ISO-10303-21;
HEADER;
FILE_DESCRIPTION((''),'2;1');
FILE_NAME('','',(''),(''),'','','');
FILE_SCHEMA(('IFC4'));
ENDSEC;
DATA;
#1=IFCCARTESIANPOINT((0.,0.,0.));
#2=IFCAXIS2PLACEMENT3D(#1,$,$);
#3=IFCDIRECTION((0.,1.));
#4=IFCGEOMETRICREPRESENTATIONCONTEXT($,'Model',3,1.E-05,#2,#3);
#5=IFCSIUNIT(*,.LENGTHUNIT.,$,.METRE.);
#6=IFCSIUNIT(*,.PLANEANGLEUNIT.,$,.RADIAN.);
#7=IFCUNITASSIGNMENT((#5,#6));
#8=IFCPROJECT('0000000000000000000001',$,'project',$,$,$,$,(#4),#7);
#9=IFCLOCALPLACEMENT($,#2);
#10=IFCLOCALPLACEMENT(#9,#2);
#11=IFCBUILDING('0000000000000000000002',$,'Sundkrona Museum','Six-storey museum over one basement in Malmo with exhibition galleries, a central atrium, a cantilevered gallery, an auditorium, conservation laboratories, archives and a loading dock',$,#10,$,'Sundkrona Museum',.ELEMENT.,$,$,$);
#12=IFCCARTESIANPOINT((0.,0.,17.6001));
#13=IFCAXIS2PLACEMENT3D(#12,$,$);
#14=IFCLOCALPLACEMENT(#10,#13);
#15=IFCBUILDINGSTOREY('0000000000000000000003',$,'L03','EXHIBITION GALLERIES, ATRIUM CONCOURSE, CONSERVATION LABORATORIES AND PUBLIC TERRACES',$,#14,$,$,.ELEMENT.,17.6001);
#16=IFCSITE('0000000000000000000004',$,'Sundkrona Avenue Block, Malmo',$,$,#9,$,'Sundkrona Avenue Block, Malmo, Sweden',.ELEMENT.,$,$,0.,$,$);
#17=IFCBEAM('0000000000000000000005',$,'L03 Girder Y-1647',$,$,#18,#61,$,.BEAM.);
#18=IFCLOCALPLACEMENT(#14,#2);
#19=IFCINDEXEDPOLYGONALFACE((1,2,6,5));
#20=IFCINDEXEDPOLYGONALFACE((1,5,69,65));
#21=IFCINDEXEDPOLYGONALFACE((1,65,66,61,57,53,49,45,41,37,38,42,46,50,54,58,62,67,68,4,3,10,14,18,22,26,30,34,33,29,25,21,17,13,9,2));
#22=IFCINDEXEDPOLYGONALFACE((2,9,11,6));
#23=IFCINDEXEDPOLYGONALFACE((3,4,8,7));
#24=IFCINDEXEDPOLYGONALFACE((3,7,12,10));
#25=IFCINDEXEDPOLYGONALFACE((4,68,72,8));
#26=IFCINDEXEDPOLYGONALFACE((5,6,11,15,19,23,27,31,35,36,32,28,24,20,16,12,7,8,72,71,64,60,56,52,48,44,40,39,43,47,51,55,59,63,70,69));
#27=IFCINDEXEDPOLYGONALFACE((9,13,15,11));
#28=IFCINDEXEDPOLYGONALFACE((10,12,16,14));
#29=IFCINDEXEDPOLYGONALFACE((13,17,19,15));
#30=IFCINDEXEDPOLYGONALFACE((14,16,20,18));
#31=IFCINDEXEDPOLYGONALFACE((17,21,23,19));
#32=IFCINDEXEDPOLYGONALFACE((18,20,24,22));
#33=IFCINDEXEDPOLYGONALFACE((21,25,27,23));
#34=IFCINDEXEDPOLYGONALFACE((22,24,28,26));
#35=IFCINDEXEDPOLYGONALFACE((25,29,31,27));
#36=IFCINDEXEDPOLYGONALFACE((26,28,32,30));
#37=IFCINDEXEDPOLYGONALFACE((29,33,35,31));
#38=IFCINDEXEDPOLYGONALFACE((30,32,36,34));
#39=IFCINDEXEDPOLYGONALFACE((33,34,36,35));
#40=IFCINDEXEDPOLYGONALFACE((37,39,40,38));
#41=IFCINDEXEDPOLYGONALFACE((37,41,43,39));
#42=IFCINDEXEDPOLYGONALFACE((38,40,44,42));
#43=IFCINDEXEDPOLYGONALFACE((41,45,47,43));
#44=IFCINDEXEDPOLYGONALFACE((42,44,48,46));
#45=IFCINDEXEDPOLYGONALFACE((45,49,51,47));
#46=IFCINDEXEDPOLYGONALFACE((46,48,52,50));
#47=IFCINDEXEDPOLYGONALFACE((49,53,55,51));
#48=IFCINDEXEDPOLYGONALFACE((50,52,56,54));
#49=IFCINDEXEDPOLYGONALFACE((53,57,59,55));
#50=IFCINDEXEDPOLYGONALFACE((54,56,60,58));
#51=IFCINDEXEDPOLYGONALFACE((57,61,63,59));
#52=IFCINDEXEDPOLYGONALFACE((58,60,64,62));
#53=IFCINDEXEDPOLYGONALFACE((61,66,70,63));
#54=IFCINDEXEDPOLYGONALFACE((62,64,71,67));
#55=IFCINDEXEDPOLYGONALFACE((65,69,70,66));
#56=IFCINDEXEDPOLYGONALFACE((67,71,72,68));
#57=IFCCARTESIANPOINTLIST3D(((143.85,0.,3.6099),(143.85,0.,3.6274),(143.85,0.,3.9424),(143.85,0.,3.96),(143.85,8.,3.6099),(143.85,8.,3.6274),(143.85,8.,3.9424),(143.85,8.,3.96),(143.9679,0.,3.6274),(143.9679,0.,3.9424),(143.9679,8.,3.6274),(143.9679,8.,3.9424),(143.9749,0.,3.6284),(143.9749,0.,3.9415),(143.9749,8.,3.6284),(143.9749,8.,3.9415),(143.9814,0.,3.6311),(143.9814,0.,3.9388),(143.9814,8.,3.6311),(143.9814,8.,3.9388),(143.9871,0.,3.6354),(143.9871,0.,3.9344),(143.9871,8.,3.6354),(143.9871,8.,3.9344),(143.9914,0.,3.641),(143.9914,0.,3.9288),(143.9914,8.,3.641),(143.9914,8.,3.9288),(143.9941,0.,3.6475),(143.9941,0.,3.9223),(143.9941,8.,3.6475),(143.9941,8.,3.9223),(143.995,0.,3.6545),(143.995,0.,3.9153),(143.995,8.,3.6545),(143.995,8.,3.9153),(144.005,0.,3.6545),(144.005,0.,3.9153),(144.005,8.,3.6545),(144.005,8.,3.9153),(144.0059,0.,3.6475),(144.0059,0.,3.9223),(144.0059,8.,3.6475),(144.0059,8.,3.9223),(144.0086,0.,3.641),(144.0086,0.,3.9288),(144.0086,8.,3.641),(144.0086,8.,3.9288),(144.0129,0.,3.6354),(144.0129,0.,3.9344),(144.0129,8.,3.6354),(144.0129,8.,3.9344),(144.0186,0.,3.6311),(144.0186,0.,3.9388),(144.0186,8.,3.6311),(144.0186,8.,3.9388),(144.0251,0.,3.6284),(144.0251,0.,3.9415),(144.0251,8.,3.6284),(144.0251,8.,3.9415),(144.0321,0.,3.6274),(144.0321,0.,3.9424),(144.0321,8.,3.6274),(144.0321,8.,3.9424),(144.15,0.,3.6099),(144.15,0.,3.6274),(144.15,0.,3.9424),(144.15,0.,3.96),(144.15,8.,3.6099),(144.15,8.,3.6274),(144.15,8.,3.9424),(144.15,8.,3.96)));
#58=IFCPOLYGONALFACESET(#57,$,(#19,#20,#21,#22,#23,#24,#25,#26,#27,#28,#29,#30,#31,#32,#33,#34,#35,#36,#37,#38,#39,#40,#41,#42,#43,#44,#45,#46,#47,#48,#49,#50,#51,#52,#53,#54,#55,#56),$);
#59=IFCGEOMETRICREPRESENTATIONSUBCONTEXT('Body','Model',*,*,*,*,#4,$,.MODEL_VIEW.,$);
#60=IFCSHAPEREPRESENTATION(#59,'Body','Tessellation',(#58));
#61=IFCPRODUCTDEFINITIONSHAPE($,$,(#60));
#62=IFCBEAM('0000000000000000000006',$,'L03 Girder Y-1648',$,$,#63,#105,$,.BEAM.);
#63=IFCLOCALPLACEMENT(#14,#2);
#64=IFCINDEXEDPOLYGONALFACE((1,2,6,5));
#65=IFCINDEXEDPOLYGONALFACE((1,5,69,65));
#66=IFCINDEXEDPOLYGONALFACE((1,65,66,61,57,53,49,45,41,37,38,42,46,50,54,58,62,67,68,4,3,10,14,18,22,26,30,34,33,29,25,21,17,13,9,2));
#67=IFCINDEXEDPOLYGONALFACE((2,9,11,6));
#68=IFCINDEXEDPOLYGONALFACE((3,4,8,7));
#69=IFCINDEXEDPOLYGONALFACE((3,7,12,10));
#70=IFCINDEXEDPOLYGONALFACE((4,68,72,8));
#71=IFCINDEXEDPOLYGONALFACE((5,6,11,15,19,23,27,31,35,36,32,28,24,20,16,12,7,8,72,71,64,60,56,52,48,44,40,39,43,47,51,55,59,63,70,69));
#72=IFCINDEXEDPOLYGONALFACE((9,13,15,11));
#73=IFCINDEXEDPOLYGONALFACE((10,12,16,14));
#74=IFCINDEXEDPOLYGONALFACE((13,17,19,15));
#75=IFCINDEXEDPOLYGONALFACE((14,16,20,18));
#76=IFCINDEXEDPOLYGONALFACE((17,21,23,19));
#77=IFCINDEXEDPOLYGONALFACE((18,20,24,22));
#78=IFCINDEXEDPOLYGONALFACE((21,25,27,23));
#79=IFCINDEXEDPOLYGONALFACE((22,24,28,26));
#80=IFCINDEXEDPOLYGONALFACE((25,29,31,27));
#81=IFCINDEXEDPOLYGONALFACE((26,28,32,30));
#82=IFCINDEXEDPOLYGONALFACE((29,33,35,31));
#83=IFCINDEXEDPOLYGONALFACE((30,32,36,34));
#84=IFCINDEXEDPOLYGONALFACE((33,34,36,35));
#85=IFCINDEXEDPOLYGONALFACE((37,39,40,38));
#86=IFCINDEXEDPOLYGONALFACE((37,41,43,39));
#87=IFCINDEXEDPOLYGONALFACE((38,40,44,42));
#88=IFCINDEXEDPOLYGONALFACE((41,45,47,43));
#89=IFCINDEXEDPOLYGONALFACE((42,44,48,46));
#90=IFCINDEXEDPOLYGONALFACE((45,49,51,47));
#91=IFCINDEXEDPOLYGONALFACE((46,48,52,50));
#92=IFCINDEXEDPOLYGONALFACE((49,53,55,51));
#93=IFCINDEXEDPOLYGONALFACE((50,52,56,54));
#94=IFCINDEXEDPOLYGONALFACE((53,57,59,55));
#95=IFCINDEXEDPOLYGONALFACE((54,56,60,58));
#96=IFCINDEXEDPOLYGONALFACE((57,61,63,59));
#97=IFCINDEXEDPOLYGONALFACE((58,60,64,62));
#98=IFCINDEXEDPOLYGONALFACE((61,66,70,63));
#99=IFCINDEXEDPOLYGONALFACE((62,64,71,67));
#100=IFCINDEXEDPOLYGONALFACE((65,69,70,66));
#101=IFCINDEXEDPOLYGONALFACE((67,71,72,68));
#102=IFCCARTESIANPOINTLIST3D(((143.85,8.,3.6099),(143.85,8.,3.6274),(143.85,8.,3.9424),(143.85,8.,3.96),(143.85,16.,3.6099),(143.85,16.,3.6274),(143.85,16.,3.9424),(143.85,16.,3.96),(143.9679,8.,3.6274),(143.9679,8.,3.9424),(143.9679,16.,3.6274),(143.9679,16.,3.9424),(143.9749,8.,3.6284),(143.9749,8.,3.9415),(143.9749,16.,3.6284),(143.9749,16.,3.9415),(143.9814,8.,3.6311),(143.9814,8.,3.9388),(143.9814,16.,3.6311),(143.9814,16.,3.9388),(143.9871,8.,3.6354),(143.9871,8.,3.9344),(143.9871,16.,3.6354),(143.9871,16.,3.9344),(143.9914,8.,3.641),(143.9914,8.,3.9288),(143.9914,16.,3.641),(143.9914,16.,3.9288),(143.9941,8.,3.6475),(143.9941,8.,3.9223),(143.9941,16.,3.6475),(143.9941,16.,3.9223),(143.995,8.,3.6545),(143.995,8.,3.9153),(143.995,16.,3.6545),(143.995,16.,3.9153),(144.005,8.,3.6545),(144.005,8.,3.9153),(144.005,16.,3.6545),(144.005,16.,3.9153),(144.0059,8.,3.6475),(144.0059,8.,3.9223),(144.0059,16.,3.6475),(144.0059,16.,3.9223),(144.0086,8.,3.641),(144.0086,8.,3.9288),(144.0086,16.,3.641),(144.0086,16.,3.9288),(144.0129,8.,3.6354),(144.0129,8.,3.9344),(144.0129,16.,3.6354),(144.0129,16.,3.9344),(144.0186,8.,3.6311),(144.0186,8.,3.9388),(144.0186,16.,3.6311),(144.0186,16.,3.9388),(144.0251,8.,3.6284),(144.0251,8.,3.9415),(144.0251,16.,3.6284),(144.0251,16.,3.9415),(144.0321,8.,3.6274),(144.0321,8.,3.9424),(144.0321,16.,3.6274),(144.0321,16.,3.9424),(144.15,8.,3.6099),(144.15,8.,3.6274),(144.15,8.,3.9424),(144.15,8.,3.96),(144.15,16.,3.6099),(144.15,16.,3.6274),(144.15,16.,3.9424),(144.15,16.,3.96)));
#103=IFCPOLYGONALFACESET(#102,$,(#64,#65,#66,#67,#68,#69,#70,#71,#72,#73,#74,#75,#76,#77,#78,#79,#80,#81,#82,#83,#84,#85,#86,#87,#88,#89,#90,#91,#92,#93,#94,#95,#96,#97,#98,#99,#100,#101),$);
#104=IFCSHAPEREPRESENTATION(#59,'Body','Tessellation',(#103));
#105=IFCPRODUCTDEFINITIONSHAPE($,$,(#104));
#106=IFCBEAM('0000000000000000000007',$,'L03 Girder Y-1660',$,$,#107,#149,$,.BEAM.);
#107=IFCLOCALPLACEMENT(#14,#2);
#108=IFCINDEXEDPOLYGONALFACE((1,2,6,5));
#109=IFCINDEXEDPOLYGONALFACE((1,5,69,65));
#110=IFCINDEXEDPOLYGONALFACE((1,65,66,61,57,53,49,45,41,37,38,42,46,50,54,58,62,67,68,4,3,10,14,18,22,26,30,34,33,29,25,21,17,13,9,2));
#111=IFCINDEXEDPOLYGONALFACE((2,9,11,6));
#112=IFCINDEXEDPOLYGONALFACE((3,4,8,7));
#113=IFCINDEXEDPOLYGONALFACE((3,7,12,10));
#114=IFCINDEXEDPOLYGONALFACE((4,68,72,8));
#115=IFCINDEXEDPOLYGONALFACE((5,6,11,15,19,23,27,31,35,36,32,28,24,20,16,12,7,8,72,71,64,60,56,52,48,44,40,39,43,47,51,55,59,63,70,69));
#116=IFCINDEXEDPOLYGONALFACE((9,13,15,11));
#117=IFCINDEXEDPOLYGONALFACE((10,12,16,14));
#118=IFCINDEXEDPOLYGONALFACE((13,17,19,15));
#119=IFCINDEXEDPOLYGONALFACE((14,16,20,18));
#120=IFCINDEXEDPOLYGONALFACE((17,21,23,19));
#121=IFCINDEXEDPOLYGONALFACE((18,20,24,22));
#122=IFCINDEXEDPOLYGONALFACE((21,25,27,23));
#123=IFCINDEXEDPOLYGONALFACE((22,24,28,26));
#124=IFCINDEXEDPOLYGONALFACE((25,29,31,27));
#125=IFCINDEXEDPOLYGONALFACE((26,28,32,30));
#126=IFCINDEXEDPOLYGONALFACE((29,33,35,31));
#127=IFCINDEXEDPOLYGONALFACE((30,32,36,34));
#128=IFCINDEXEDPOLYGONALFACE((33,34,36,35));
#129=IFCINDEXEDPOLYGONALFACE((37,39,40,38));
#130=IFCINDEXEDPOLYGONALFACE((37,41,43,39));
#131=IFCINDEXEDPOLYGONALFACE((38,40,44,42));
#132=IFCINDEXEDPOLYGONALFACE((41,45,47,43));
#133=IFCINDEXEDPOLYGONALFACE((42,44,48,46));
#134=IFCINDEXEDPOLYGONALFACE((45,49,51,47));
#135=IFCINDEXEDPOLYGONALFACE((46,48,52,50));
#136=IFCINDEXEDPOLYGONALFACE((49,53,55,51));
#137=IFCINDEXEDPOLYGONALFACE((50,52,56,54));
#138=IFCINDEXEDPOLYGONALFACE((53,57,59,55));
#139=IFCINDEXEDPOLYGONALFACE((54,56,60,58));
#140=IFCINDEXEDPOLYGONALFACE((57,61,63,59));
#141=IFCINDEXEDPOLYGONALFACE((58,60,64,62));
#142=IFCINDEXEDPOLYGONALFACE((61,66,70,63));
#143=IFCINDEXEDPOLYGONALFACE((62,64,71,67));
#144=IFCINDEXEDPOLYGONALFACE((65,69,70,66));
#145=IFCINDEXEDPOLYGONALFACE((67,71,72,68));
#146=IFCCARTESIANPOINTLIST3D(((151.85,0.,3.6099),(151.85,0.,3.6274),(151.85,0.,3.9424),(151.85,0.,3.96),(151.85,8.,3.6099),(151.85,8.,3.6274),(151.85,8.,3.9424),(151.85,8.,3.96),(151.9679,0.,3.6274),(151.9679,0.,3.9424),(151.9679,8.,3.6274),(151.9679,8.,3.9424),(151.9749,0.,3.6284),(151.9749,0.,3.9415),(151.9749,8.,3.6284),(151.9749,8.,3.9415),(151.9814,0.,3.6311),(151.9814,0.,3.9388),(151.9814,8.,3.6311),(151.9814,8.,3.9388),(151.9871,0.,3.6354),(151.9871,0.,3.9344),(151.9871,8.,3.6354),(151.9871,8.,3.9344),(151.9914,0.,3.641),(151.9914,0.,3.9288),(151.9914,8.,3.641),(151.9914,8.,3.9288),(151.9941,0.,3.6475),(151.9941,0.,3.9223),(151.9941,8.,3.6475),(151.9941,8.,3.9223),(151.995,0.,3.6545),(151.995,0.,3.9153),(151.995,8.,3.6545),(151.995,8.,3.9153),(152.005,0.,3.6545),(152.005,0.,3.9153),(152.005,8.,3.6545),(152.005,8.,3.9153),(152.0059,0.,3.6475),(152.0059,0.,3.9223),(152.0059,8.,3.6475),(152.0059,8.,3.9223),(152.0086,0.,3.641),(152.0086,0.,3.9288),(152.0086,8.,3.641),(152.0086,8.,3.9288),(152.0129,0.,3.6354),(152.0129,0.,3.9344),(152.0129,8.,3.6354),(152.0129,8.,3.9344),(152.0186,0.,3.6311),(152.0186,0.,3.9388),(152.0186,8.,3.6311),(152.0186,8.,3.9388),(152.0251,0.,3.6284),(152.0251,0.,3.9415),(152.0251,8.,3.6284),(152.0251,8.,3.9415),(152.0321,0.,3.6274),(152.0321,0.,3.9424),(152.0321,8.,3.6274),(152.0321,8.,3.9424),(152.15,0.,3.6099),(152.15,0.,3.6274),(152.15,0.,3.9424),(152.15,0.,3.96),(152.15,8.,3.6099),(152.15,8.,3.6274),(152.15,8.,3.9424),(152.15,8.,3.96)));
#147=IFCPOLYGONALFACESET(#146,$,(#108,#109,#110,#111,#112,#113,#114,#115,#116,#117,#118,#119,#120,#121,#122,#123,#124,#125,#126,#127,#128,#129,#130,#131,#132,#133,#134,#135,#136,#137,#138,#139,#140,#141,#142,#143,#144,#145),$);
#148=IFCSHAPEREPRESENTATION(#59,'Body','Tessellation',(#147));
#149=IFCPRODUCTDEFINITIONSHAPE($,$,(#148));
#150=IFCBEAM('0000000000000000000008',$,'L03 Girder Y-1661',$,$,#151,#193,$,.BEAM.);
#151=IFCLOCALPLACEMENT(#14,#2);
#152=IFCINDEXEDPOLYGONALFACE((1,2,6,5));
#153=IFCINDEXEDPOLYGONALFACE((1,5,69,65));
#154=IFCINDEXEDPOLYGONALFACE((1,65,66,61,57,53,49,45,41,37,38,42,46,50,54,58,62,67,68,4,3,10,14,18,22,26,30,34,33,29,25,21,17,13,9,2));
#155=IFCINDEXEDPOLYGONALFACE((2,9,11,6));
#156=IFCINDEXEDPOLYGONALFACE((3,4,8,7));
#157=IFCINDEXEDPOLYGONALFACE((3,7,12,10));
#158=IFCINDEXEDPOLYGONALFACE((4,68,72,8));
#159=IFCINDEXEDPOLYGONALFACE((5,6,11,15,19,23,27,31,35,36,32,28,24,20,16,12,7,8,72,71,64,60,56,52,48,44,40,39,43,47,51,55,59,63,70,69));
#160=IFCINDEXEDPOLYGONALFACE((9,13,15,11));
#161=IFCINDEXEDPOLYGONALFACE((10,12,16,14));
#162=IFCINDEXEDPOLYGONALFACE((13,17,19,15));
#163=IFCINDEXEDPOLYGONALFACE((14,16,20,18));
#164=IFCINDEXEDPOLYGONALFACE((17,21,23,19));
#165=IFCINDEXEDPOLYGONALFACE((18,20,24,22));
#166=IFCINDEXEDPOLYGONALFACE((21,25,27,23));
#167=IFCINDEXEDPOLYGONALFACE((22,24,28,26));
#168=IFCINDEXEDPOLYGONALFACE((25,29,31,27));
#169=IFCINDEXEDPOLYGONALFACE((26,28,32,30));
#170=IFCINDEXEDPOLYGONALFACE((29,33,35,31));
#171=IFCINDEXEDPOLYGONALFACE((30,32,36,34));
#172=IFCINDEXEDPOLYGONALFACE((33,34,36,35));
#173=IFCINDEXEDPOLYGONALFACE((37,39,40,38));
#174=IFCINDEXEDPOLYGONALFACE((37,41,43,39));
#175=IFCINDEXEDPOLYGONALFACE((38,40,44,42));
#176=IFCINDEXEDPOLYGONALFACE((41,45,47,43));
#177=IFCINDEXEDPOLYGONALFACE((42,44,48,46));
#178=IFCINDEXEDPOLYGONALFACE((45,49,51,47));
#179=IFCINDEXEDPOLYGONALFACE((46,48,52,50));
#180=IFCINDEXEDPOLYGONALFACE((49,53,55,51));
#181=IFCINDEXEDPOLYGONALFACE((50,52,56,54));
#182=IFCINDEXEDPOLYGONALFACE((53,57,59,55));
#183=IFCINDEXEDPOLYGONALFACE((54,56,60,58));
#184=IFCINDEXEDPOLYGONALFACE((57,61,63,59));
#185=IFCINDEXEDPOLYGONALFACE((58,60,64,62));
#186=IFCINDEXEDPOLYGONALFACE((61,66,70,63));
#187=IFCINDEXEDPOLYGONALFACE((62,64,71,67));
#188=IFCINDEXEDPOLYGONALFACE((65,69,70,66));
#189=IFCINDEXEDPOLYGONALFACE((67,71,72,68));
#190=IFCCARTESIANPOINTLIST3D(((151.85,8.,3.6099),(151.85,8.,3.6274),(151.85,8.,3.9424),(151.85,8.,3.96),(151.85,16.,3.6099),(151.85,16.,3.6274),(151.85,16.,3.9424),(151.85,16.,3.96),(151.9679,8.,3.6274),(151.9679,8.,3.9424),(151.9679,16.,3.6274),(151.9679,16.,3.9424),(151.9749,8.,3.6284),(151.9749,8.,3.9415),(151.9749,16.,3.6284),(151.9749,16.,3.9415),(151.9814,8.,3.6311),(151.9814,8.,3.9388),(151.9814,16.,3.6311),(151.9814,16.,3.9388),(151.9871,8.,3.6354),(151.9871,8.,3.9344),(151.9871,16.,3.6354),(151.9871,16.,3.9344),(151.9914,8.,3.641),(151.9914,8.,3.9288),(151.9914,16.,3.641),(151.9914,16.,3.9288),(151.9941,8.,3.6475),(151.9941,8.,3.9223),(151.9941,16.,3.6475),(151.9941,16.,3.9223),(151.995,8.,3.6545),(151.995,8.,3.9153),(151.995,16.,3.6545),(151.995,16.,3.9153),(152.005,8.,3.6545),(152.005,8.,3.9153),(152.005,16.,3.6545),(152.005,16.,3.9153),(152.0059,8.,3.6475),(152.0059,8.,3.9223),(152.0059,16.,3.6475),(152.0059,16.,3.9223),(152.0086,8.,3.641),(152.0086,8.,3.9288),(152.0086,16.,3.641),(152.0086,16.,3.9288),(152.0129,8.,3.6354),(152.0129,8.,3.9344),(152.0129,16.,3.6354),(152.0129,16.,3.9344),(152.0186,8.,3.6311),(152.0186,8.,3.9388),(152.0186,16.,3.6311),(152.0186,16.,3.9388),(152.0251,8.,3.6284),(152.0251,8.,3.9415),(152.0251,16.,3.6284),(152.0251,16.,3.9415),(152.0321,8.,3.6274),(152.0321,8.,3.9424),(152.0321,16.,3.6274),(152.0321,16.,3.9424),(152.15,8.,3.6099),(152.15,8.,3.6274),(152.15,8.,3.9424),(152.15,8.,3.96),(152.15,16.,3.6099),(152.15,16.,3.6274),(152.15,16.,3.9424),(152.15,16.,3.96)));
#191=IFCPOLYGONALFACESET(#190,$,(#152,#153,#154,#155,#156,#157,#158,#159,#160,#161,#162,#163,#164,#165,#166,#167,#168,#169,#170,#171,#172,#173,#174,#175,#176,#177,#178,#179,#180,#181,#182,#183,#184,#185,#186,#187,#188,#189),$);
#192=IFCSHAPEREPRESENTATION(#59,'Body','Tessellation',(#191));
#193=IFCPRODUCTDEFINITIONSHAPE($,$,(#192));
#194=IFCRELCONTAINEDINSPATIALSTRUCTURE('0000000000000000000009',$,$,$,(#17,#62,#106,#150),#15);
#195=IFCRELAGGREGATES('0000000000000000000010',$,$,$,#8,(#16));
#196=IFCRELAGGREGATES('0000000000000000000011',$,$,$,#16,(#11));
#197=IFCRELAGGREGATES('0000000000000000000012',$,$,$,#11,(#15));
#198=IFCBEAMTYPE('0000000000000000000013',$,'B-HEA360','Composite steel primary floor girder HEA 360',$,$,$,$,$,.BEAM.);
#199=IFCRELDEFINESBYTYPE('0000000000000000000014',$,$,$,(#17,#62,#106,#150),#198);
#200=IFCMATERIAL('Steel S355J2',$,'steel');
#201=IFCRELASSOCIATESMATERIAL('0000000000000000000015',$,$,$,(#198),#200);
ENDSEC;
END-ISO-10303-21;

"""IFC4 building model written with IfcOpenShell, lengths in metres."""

from ifc_helpers import new_model, si_unit, direction, frame, origin, origin_2d, place, context, subcontext, project, spatial, i_section, extrude, material, material_profile, profile_set, type_object, element, save


model = new_model("IFC4")

# Units and contexts
model_context = context("Model", 3, precision=1e-05, world=origin(), true_north=direction((0.0, 1.0)))
body_context = subcontext(model_context, "Body", "Model", "MODEL_VIEW")
ifc_project = project(units=[si_unit("LENGTHUNIT", "METRE"), si_unit("PLANEANGLEUNIT", "RADIAN")], contexts=[model_context])

# Site, building, storey
site_placement = place(None, origin())
site = spatial("IfcSite", under=ifc_project, at=site_placement, Name="Sundkrona Avenue Block, Malmo", LongName="Sundkrona Avenue Block, Malmo, Sweden", CompositionType="ELEMENT", RefElevation=0.0)
building_placement = place(site_placement, origin())
building = spatial("IfcBuilding", under=site, at=building_placement, Name="Sundkrona Museum", Description="Six-storey museum over one basement in Malmo with exhibition galleries, a central atrium, a cantilevered gallery, an auditorium, conservation laboratories, archives and a loading dock", LongName="Sundkrona Museum", CompositionType="ELEMENT")
storey_placement = place(building_placement, frame((0.0, 0.0, 17.6001)))
storey = spatial("IfcBuildingStorey", under=building, at=storey_placement, Name="L03", Description="EXHIBITION GALLERIES, ATRIUM CONCOURSE, CONSERVATION LABORATORIES AND PUBLIC TERRACES", CompositionType="ELEMENT", Elevation=17.6001)

# Shared definitions
ifc_material_1 = material(Name="Steel S355J2", Category="steel")

# Beams
ifc_material_profile_1 = material_profile(ifc_material_1, i_section(OverallWidth=0.3, OverallDepth=0.3501, WebThickness=0.01, FlangeThickness=0.0176, FilletRadius=0.0271, at=origin_2d()), Name="HEA 360")
ifc_profile_set_1 = profile_set([ifc_material_profile_1], Name="Steel S355J2")
beam_type_1 = type_object("IfcBeamType", Name="B-HEA360", Description="Composite steel primary floor girder HEA 360", PredefinedType="BEAM", material=ifc_profile_set_1)
for number, where, z_axis, x_axis, name in (
    (1, (144.0, 0.0, 3.7849), (0.0, 1.0, 0.0), (-1.0, 0.0, 0.0), "L03 Girder Y-1647"),
    (2, (144.0, 8.0, 3.7849), (0.0, 1.0, 0.0), (-1.0, 0.0, 0.0), "L03 Girder Y-1648"),
    (3, (152.0, 0.0, 3.7849), (0.0, 1.0, 0.0), (-1.0, 0.0, 0.0), "L03 Girder Y-1660"),
    (4, (152.0, 8.0, 3.7849), (0.0, 1.0, 0.0), (-1.0, 0.0, 0.0), "L03 Girder Y-1661"),
):
    element("IfcBeam", number, at=place(storey_placement, frame(where, z_axis=z_axis, x_axis=x_axis)), inside=storey, type_object=beam_type_1, Name=name, PredefinedType="BEAM", context=body_context, shape_type="SweptSolid", body=[
        extrude(i_section(OverallWidth=0.3, OverallDepth=0.3501, WebThickness=0.01, FlangeThickness=0.0176, FilletRadius=0.0271, at=origin_2d()), origin(), (0.0, 0.0, 1.0), 8.0),
    ])

save(model, "model.ifc")
